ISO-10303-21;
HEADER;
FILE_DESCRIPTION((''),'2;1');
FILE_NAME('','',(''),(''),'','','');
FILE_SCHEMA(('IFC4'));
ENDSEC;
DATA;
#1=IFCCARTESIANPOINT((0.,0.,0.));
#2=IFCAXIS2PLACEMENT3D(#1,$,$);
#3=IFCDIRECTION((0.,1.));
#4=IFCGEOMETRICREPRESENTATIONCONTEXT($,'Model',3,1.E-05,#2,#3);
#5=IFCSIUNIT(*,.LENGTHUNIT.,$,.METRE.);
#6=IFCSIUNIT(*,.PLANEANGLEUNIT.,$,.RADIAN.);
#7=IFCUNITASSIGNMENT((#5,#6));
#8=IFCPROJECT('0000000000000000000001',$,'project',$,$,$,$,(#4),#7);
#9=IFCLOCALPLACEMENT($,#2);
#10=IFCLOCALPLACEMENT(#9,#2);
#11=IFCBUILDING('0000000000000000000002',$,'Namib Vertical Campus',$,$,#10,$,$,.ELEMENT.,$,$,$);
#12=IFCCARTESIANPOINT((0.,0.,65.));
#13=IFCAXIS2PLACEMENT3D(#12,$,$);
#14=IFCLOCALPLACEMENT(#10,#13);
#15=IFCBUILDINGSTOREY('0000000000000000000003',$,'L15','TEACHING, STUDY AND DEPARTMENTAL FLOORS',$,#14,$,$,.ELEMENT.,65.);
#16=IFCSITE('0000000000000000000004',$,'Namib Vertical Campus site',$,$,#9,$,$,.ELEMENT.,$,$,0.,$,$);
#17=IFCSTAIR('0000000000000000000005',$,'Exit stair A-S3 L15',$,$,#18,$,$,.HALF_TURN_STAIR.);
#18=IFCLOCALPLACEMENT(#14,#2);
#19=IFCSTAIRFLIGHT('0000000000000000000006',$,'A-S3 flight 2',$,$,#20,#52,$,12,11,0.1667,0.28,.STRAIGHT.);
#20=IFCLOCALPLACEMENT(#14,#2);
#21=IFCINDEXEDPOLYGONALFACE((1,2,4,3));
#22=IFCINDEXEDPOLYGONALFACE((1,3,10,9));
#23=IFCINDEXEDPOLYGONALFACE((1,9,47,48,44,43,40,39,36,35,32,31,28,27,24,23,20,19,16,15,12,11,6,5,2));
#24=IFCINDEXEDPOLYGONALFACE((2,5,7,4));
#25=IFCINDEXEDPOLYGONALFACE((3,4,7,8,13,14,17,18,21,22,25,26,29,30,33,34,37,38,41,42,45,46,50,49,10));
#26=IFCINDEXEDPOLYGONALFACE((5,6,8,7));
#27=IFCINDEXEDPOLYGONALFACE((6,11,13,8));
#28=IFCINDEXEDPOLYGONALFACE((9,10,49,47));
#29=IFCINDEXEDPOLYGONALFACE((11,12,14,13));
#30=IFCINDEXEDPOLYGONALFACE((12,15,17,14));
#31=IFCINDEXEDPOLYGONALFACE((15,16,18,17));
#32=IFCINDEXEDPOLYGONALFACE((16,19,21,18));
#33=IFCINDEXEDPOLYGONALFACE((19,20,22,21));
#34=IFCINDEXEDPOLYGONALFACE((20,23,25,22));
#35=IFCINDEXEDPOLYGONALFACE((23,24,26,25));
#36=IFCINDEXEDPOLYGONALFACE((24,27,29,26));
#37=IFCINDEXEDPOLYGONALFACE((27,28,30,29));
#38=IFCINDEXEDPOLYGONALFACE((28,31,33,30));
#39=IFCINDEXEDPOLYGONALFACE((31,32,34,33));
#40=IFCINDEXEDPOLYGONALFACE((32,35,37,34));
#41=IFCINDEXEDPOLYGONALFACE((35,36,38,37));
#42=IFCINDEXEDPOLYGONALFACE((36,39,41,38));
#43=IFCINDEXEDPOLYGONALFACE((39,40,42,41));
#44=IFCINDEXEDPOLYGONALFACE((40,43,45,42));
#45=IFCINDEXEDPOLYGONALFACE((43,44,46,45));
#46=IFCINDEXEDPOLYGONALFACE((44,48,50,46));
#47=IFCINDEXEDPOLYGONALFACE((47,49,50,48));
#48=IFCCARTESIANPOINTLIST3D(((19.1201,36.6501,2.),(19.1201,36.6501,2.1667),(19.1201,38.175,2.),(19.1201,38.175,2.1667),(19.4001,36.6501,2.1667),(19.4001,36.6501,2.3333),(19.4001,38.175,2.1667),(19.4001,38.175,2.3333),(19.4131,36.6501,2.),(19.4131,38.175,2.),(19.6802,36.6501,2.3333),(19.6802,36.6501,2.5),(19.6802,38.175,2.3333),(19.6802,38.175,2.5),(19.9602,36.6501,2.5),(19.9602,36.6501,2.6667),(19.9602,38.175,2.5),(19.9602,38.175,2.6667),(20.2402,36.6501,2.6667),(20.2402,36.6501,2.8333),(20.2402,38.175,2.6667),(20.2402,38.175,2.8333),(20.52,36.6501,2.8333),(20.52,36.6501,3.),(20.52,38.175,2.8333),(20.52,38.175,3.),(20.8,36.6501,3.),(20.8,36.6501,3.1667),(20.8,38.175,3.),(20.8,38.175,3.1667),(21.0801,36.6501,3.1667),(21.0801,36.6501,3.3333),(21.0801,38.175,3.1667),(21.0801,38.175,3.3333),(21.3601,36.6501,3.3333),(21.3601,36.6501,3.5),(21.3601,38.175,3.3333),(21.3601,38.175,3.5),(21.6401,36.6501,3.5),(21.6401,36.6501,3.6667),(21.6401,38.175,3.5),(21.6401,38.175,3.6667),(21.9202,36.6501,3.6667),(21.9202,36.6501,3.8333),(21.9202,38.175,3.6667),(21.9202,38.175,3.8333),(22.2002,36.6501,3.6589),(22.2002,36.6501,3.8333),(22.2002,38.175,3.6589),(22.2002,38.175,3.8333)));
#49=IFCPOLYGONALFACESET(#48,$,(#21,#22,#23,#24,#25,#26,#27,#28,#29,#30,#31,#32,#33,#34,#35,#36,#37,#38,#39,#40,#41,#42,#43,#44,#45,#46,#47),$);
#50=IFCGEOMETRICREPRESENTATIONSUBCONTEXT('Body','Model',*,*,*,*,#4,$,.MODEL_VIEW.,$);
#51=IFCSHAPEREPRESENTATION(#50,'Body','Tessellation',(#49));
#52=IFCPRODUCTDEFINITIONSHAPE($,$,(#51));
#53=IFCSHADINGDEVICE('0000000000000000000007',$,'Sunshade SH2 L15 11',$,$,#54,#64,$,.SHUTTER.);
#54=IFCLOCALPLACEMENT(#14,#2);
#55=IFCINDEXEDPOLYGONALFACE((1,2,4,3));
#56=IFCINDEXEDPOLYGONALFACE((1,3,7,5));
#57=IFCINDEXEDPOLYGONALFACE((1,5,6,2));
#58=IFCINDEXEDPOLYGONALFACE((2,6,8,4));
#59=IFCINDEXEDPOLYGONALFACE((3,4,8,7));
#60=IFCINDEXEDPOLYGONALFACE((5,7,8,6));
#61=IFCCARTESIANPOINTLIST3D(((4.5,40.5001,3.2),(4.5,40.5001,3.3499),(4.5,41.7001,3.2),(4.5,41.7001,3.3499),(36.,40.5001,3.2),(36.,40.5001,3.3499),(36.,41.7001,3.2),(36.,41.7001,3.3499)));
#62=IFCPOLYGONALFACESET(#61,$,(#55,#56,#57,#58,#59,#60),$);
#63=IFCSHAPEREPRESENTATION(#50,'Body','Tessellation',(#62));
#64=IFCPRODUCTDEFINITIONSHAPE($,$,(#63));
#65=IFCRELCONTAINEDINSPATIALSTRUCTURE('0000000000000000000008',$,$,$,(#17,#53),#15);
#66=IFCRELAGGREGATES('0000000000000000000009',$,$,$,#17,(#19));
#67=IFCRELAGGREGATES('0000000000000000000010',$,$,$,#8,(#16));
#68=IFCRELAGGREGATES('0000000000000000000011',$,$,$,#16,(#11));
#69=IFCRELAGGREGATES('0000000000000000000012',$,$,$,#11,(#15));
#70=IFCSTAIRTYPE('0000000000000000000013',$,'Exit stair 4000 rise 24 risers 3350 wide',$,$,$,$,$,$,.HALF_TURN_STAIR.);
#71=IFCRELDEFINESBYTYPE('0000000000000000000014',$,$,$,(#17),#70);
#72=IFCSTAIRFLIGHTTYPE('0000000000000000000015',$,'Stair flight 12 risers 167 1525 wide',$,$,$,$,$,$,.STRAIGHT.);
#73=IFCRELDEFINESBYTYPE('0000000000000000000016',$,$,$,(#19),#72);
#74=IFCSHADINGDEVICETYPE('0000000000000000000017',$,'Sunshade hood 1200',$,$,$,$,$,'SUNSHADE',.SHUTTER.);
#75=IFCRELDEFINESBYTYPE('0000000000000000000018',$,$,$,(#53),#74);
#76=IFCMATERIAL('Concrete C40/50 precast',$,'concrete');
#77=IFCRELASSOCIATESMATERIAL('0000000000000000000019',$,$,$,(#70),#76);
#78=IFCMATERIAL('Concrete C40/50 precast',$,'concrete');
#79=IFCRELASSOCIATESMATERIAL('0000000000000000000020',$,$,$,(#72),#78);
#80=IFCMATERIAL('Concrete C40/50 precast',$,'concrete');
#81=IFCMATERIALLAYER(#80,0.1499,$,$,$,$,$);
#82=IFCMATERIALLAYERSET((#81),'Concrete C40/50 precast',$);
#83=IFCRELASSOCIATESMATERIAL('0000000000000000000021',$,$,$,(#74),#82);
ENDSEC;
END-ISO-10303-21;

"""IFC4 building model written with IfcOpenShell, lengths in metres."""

from ifc_helpers import new_model, si_unit, direction, frame, origin, origin_2d, place, context, subcontext, project, spatial, polyline, rectangle, outline, extrude, material, layer, layer_set, type_object, element, aggregate, save


model = new_model("IFC4")

# Units and contexts
model_context = context("Model", 3, precision=1e-05, world=origin(), true_north=direction((0.0, 1.0)))
body_context = subcontext(model_context, "Body", "Model", "MODEL_VIEW")
ifc_project = project(units=[si_unit("LENGTHUNIT", "METRE"), si_unit("PLANEANGLEUNIT", "RADIAN")], contexts=[model_context])

# Site, building, storey
site_placement = place(None, origin())
site = spatial("IfcSite", under=ifc_project, at=site_placement, Name="Namib Vertical Campus site", CompositionType="ELEMENT", RefElevation=0.0)
building_placement = place(site_placement, origin())
building = spatial("IfcBuilding", under=site, at=building_placement, Name="Namib Vertical Campus", CompositionType="ELEMENT")
storey_placement = place(building_placement, frame((0.0, 0.0, 65.0)))
storey = spatial("IfcBuildingStorey", under=building, at=storey_placement, Name="L15", Description="TEACHING, STUDY AND DEPARTMENTAL FLOORS", CompositionType="ELEMENT", Elevation=65.0)

# Stair, stair flight
ifc_material_1 = material(Name="Concrete C40/50 precast", Category="concrete")
stair_type = type_object("IfcStairType", Name="Exit stair 4000 rise 24 risers 3350 wide", PredefinedType="HALF_TURN_STAIR", material=ifc_material_1)
stair_placement = place(storey_placement, origin())
stair = element("IfcStair", 1, at=stair_placement, inside=storey, type_object=stair_type, Name="Exit stair A-S3 L15", PredefinedType="HALF_TURN_STAIR")
ifc_material_2 = material(Name="Concrete C40/50 precast", Category="concrete")
stair_flight_type = type_object("IfcStairFlightType", Name="Stair flight 12 risers 167 1525 wide", PredefinedType="STRAIGHT", material=ifc_material_2)
stair_flight_placement = place(storey_placement, frame((19.1201, 37.4126, 2.0), z_axis=(0.0, 0.0, 1.0), x_axis=(1.0, 0.0, 0.0)))
stair_flight = element("IfcStairFlight", 2, at=stair_flight_placement, type_object=stair_flight_type, Name="A-S3 flight 2", NumberOfRisers=12, NumberOfTreads=11, PredefinedType="STRAIGHT", RiserHeight=0.1667, TreadLength=0.28, context=body_context, shape_type="SweptSolid", body=[
    extrude(outline(polyline([(0.0, 0.0), (0.0, 0.1667), (0.28, 0.1667), (0.28, 0.3333), (0.5601, 0.3333), (0.5601, 0.5), (0.8401, 0.5), (0.8401, 0.6667), (1.1201, 0.6667), (1.1201, 0.8333), (1.3999, 0.8333), (1.3999, 1.0), (1.6799, 1.0), (1.6799, 1.1667), (1.96, 1.1667), (1.96, 1.3333), (2.24, 1.3333), (2.24, 1.5), (2.52, 1.5), (2.52, 1.6667), (2.8, 1.6667), (2.8, 1.8333), (3.0801, 1.8333), (3.0801, 2.0), (3.0801, 1.6589), (0.293, 0.0), (0.0, 0.0)])), frame((0.0, 0.7625, 0.0), z_axis=(0.0, -1.0, 0.0), x_axis=(1.0, 0.0, 0.0)), (0.0, 0.0, 1.0), 1.5249),
])
aggregate(stair, [stair_flight])

# Shading device
ifc_material_3 = material(Name="Concrete C40/50 precast", Category="concrete")
ifc_layer_1 = layer(ifc_material_3, 0.1499)
ifc_layer_set_1 = layer_set([ifc_layer_1], Name="Concrete C40/50 precast")
shading_device_type = type_object("IfcShadingDeviceType", Name="Sunshade hood 1200", ElementType="SUNSHADE", PredefinedType="SHUTTER", material=ifc_layer_set_1)
shading_device_placement = place(storey_placement, frame((20.25, 41.1001, 3.2), z_axis=(0.0, 0.0, 1.0), x_axis=(-1.0, 0.0, 0.0)))
element("IfcShadingDevice", 3, at=shading_device_placement, inside=storey, type_object=shading_device_type, Name="Sunshade SH2 L15 11", PredefinedType="SHUTTER", context=body_context, shape_type="SweptSolid", body=[
    extrude(rectangle(XDim=31.5, YDim=1.2, at=origin_2d()), origin(), (0.0, 0.0, 1.0), 0.1499),
])

save(model, "model.ifc")
